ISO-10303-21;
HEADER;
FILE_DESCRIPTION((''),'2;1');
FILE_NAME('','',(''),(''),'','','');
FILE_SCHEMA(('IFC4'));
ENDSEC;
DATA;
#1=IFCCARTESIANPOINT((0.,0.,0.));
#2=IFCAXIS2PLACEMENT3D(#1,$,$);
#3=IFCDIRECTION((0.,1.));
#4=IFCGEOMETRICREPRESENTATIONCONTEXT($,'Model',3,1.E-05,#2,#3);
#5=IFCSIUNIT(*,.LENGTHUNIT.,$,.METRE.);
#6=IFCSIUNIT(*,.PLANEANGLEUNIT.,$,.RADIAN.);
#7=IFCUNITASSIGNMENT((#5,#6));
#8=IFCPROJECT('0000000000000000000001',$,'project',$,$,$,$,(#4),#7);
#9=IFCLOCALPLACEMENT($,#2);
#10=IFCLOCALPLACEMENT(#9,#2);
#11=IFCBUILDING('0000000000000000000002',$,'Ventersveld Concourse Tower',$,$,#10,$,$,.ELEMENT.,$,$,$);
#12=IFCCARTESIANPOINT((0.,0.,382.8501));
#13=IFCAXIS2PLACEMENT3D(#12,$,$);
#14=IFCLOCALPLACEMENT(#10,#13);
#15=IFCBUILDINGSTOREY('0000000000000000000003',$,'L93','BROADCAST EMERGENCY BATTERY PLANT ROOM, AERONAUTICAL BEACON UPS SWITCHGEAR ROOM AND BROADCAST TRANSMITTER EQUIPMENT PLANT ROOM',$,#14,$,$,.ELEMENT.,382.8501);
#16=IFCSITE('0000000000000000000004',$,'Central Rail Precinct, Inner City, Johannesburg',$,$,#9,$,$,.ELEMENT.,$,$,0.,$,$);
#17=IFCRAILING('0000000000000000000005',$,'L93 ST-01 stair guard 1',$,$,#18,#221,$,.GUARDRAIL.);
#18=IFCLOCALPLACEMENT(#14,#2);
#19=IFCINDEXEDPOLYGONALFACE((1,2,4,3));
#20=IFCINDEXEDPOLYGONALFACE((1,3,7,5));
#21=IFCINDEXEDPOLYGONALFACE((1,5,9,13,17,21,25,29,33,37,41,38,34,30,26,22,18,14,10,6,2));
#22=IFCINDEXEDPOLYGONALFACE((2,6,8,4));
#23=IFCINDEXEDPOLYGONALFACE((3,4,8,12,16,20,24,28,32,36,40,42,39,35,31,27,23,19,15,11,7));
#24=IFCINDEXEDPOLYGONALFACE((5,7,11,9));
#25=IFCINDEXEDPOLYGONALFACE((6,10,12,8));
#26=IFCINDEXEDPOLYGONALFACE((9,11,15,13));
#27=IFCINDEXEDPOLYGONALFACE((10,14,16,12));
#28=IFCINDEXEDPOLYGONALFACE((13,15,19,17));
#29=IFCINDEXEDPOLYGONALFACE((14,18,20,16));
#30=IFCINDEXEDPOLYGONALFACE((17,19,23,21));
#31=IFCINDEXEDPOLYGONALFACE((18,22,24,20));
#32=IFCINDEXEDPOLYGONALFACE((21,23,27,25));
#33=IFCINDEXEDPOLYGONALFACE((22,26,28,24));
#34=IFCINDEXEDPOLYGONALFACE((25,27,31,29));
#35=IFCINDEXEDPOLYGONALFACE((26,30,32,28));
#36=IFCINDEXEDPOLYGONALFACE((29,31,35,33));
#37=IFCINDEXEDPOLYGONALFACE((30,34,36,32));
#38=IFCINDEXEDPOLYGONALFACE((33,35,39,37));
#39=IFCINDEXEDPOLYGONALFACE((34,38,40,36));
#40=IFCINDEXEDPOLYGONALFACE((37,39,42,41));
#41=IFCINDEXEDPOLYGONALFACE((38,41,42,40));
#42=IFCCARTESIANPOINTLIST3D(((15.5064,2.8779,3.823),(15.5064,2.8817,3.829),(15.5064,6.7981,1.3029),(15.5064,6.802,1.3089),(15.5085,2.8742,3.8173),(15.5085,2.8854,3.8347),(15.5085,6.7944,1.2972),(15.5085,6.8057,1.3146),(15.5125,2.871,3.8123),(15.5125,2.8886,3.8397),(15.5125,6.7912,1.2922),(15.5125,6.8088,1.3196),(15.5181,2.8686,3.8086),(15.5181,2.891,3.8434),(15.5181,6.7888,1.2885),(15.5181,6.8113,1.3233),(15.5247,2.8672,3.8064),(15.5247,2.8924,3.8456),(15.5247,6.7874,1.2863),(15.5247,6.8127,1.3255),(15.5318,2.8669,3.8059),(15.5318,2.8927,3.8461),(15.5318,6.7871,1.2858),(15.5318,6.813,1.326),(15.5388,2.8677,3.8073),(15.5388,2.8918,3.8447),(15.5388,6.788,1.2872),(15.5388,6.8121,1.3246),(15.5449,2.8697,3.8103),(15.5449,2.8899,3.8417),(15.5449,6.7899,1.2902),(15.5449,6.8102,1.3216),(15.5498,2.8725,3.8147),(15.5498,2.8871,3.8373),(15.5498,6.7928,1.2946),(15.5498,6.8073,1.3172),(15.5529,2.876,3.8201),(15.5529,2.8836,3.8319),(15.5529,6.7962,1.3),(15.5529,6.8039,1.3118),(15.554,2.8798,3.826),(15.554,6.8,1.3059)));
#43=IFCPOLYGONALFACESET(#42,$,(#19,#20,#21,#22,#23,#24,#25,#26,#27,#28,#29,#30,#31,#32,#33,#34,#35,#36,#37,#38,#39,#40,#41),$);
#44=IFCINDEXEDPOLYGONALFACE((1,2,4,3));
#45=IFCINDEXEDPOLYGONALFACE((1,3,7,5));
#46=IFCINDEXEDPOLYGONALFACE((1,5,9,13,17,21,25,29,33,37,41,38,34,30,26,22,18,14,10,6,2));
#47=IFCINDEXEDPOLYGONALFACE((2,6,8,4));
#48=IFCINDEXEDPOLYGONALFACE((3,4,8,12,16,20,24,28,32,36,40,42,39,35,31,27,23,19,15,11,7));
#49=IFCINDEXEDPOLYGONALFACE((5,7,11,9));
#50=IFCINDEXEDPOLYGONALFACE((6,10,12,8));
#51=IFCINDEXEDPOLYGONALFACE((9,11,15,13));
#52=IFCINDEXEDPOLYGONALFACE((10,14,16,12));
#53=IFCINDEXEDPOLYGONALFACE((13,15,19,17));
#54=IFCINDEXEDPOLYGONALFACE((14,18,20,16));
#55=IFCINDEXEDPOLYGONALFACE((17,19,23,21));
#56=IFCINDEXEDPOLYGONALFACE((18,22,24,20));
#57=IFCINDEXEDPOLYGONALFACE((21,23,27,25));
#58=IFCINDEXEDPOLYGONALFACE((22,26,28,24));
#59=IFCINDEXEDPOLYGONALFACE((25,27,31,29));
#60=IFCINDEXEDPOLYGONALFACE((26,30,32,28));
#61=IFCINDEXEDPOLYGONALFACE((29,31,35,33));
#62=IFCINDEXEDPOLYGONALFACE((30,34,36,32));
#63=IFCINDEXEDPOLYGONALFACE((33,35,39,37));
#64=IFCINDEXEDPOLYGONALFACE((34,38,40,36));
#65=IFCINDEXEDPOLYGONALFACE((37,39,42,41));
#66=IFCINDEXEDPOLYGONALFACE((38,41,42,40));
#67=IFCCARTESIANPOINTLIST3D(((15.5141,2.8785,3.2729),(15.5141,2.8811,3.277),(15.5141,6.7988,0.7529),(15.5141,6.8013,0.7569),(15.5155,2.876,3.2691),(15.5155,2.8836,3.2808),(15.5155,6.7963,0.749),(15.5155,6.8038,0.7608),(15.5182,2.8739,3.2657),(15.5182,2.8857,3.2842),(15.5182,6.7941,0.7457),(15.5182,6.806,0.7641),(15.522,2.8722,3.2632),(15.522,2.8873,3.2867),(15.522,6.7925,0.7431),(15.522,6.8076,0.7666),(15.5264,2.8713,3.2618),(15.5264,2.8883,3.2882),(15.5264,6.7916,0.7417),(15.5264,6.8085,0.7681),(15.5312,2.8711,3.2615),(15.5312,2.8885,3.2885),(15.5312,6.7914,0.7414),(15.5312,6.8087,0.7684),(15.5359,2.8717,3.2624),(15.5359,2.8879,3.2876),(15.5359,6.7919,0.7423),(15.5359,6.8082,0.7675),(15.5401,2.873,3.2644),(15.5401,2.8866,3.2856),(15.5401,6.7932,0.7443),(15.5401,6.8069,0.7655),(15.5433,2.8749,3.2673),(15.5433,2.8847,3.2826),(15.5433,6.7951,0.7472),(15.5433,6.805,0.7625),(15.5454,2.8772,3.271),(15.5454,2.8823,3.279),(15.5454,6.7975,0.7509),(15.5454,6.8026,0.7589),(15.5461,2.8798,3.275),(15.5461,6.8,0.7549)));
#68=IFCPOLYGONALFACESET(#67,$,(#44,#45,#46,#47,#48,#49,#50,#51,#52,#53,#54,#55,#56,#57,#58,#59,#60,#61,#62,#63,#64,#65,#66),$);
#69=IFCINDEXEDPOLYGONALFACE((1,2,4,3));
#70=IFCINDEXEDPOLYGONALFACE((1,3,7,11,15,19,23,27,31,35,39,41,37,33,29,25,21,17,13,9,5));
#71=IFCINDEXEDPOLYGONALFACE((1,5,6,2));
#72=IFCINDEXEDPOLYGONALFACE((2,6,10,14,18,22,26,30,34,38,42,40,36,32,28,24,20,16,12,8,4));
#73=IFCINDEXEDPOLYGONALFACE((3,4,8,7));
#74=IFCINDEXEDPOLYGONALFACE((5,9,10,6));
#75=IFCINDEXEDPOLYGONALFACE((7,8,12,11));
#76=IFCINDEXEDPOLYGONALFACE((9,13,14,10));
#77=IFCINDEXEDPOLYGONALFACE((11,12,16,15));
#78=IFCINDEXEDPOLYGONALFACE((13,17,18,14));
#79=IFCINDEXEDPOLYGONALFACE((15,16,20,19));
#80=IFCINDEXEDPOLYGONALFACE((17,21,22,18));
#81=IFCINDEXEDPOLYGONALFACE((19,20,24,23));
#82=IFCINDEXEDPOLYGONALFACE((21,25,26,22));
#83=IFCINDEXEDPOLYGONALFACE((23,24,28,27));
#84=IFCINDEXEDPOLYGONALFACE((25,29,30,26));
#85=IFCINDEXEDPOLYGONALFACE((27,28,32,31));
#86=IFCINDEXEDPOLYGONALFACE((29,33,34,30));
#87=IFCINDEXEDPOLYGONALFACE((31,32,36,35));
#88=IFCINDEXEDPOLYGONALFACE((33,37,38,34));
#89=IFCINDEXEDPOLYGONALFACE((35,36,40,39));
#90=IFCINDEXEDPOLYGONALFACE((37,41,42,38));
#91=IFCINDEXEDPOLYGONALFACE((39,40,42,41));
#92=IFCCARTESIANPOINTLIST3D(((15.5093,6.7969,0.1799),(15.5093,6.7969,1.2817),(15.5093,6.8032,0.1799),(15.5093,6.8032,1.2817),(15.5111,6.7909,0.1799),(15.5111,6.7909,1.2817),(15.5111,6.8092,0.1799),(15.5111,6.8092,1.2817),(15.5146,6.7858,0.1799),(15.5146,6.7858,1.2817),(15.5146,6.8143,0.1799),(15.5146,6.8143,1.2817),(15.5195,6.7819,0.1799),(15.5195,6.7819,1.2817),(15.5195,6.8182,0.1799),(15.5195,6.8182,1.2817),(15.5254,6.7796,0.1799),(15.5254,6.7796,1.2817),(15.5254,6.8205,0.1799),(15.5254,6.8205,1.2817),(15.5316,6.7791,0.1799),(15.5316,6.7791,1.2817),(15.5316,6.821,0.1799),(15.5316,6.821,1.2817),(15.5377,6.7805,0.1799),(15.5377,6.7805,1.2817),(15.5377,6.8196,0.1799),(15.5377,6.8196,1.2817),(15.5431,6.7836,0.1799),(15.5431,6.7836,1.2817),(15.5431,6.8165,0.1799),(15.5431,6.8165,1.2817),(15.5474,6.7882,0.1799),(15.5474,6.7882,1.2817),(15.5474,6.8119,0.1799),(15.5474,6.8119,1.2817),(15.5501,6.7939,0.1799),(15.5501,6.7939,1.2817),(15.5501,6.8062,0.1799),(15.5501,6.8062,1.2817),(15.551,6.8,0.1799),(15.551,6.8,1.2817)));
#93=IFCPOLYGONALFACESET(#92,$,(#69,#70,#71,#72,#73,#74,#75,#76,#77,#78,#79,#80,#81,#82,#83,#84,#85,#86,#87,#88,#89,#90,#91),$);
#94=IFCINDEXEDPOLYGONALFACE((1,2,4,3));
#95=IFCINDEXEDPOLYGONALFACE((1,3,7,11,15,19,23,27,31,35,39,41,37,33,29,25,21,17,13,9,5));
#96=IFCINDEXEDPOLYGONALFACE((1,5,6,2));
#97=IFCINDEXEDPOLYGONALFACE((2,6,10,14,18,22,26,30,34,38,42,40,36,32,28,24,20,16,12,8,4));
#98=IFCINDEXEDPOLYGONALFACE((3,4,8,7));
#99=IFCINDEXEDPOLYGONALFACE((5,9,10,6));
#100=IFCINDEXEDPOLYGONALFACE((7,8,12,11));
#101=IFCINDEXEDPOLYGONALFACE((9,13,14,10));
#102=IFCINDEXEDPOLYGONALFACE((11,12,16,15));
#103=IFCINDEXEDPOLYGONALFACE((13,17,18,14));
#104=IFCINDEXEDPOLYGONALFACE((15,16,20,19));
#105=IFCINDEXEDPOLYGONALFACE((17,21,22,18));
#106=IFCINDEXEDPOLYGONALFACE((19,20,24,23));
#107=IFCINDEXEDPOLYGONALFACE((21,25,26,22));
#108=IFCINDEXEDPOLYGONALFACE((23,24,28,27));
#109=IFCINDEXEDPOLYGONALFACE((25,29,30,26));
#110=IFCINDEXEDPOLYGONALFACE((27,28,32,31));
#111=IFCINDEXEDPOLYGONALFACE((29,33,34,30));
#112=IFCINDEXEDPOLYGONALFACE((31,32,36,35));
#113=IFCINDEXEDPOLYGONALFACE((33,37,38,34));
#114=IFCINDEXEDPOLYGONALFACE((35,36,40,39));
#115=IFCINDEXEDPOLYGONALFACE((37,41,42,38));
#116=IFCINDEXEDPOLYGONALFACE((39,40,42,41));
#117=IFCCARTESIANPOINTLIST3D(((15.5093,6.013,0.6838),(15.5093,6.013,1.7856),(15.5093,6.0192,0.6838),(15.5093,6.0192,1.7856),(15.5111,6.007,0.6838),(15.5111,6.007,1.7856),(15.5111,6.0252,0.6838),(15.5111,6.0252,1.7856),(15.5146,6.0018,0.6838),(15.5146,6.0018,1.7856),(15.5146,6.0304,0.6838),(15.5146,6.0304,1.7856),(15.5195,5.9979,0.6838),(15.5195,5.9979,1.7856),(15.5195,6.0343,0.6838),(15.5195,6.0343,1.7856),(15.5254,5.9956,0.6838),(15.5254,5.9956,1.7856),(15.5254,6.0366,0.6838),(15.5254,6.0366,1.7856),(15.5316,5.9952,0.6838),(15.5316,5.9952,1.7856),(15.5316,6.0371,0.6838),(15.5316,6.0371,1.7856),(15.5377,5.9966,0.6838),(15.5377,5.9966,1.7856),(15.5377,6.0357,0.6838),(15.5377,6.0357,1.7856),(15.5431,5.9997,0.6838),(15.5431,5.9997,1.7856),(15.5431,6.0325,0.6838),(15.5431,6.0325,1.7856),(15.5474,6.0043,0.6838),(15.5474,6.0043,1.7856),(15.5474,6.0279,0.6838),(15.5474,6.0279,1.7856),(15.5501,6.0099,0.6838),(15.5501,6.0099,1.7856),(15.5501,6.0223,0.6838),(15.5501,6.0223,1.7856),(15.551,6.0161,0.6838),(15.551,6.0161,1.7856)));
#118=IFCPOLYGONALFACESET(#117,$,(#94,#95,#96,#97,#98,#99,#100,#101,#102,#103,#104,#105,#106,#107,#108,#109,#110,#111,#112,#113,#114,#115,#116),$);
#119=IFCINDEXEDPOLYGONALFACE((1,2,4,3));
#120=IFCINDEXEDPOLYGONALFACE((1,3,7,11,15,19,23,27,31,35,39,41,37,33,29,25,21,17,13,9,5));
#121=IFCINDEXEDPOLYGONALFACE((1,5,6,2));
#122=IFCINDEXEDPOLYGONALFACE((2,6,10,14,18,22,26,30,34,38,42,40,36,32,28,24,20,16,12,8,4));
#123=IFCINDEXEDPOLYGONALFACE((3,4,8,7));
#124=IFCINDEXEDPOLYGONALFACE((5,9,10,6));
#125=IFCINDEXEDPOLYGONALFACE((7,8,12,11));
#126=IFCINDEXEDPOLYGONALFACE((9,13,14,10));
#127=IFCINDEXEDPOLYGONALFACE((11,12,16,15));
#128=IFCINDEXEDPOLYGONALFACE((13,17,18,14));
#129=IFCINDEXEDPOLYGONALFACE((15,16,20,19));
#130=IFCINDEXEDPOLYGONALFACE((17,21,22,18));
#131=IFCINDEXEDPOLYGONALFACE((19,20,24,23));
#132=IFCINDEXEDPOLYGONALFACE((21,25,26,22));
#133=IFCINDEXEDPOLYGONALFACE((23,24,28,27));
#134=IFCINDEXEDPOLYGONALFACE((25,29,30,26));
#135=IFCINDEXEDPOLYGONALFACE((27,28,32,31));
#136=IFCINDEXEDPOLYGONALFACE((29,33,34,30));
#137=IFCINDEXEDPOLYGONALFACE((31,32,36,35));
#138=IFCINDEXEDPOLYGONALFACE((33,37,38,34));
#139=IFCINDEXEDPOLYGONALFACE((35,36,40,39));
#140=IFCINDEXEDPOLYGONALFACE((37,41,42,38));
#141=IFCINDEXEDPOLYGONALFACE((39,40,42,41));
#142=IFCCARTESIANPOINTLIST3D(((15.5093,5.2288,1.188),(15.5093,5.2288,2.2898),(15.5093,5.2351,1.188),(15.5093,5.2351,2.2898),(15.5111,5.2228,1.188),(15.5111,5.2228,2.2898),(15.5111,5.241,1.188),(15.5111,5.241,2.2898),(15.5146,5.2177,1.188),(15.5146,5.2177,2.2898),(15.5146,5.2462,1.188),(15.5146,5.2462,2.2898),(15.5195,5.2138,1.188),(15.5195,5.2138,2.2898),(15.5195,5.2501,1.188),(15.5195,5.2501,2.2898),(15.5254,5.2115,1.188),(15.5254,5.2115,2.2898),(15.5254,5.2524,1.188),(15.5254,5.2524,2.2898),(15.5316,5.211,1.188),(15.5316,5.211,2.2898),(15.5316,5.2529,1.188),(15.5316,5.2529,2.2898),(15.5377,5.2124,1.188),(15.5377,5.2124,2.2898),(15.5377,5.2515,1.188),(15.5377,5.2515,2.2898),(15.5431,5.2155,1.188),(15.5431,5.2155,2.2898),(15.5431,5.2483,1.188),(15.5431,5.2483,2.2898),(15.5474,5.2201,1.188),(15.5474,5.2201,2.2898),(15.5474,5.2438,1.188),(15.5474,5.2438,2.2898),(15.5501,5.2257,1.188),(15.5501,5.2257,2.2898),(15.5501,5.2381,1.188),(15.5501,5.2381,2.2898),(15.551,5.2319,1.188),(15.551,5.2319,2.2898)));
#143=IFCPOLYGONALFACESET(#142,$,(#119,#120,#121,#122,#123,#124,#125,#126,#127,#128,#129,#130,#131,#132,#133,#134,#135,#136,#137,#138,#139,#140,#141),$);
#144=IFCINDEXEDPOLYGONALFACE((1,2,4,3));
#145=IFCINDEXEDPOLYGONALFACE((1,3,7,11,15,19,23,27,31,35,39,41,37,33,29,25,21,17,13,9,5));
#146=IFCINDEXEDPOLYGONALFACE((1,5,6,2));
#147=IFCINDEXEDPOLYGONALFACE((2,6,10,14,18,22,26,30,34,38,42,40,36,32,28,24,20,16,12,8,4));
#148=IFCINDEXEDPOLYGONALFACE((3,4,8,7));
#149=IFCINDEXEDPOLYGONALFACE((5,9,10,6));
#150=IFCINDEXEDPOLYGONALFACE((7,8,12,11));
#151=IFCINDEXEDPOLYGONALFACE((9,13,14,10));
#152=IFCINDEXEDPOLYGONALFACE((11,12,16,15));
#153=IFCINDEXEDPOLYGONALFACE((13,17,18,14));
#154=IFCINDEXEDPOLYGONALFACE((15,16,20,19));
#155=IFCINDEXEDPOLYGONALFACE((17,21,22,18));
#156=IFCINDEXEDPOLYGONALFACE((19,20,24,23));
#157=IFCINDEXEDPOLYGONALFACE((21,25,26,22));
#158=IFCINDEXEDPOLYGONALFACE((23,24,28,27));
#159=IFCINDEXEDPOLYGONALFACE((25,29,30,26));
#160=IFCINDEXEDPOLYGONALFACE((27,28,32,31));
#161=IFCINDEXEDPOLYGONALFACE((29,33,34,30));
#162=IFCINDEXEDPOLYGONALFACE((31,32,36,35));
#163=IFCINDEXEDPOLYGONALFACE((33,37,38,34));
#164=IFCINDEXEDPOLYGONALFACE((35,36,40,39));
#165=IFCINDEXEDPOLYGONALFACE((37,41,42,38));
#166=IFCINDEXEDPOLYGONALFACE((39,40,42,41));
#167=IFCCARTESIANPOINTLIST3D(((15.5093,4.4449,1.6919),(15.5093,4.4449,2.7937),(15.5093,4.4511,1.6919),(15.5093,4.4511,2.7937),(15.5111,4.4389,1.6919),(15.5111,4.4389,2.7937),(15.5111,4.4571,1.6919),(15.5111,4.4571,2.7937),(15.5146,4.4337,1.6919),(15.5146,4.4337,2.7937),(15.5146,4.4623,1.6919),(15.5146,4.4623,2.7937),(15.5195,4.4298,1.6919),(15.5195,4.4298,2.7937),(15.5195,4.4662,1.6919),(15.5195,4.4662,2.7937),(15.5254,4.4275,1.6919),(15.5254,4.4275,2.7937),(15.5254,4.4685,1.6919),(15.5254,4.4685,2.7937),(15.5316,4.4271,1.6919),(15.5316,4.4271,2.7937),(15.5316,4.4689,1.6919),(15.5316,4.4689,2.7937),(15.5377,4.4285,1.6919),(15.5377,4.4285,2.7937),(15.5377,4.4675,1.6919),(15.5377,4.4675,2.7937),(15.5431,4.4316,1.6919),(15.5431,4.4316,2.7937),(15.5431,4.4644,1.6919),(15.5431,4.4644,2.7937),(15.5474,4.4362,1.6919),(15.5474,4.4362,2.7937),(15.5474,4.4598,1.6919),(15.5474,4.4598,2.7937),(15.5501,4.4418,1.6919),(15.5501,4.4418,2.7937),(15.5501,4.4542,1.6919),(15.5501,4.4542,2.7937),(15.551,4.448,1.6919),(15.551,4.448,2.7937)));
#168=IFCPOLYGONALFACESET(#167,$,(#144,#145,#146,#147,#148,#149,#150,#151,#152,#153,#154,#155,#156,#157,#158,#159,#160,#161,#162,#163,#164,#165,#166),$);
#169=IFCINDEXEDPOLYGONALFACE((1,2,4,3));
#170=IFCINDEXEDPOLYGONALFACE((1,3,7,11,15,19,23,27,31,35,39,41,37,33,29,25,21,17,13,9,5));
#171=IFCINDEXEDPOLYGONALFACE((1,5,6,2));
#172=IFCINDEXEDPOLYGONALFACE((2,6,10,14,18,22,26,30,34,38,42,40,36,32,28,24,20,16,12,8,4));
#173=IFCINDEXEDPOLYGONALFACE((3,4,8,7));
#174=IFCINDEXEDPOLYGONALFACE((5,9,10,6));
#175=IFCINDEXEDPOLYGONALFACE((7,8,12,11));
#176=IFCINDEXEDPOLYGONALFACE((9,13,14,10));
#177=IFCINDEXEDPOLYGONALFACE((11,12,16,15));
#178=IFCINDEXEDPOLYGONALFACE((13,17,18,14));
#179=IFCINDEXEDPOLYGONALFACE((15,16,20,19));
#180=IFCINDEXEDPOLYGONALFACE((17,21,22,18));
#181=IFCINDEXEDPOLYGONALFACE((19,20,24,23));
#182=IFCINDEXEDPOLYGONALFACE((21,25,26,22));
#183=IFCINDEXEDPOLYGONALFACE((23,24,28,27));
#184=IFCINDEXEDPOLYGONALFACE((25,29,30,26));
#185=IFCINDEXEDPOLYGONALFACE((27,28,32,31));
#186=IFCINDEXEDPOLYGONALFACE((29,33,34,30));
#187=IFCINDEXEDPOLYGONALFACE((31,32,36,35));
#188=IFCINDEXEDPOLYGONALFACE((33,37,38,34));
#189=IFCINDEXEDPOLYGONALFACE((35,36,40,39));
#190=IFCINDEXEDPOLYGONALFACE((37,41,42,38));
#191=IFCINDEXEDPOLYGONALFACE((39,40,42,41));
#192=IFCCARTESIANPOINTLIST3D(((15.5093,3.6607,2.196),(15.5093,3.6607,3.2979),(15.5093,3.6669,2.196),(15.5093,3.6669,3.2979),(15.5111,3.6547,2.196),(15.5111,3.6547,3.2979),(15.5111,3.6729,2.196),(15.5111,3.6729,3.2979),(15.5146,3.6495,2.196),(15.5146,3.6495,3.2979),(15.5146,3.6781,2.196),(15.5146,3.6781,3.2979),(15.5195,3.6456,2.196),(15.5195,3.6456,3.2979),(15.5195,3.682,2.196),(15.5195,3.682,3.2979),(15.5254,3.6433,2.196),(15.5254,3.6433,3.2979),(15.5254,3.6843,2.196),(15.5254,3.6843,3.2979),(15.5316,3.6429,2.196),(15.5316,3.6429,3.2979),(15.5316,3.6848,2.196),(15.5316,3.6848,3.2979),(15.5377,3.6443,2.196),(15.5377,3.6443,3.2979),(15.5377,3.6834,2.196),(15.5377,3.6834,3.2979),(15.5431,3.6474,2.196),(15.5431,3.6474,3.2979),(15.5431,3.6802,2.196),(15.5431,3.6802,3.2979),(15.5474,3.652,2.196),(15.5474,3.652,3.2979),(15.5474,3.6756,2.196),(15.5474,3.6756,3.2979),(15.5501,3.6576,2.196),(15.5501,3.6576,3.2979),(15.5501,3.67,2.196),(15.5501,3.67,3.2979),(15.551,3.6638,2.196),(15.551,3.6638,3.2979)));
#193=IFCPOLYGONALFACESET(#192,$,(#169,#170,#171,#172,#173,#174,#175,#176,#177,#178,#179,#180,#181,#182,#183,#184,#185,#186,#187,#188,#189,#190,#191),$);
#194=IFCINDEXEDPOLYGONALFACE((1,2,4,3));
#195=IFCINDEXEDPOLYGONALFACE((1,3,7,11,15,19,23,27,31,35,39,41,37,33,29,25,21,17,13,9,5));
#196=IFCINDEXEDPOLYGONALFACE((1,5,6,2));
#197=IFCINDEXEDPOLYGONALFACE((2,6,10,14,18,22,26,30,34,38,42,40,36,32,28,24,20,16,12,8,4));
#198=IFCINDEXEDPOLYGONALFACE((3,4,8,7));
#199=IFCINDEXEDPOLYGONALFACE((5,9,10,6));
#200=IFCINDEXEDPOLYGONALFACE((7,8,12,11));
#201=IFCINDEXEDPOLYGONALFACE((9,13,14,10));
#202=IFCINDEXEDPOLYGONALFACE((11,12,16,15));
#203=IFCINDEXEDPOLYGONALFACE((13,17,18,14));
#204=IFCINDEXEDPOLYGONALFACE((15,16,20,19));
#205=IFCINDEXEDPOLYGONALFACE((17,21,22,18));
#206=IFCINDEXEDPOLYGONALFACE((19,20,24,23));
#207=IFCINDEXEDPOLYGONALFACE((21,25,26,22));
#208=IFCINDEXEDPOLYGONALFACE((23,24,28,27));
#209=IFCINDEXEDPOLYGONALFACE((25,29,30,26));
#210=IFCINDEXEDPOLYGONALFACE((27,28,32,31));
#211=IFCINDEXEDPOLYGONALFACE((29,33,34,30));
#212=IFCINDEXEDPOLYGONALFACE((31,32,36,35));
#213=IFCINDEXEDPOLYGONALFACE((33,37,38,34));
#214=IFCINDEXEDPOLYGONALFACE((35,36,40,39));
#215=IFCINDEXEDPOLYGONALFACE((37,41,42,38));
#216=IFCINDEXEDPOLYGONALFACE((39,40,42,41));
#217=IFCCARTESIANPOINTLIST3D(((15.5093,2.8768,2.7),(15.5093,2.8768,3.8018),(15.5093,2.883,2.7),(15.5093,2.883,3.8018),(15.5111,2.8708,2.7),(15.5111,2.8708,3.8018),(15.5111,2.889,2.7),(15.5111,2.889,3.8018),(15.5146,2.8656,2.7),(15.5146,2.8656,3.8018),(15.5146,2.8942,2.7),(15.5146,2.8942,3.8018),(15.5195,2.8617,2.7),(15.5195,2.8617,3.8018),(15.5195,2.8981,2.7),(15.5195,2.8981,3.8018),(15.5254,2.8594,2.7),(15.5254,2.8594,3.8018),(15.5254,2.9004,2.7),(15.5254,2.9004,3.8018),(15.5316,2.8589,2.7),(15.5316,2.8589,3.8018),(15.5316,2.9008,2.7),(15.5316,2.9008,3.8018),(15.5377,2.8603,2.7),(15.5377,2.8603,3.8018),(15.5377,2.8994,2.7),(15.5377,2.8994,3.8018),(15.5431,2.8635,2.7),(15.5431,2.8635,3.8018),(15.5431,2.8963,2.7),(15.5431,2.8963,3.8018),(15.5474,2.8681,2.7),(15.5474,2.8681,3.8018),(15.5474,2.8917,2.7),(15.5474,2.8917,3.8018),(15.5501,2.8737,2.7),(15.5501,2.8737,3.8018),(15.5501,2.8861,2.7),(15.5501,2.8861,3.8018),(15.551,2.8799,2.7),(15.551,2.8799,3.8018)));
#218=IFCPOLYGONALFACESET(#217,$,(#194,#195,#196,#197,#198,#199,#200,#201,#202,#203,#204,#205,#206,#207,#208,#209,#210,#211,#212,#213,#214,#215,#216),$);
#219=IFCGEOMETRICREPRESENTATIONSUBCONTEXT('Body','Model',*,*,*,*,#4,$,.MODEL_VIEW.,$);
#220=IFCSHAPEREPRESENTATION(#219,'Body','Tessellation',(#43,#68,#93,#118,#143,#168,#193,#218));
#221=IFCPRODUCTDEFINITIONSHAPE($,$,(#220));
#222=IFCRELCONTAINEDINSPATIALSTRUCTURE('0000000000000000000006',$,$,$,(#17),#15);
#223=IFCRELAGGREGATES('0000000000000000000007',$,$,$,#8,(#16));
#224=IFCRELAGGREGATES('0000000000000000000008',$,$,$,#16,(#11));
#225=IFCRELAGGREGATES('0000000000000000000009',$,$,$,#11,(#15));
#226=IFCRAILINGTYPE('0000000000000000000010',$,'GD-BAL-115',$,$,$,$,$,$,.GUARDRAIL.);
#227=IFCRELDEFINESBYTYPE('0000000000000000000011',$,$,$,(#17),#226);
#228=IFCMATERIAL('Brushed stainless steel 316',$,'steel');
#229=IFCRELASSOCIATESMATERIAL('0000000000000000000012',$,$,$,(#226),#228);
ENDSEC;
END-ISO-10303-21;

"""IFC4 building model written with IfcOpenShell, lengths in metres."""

from ifc_helpers import new_model, si_unit, direction, frame, origin, origin_2d, place, context, subcontext, project, spatial, circle, extrude, material, type_object, element, save


model = new_model("IFC4")

# Units and contexts
model_context = context("Model", 3, precision=1e-05, world=origin(), true_north=direction((0.0, 1.0)))
body_context = subcontext(model_context, "Body", "Model", "MODEL_VIEW")
ifc_project = project(units=[si_unit("LENGTHUNIT", "METRE"), si_unit("PLANEANGLEUNIT", "RADIAN")], contexts=[model_context])

# Site, building, storey
site_placement = place(None, origin())
site = spatial("IfcSite", under=ifc_project, at=site_placement, Name="Central Rail Precinct, Inner City, Johannesburg", CompositionType="ELEMENT", RefElevation=0.0)
building_placement = place(site_placement, origin())
building = spatial("IfcBuilding", under=site, at=building_placement, Name="Ventersveld Concourse Tower", CompositionType="ELEMENT")
storey_placement = place(building_placement, frame((0.0, 0.0, 382.8501)))
storey = spatial("IfcBuildingStorey", under=building, at=storey_placement, Name="L93", Description="BROADCAST EMERGENCY BATTERY PLANT ROOM, AERONAUTICAL BEACON UPS SWITCHGEAR ROOM AND BROADCAST TRANSMITTER EQUIPMENT PLANT ROOM", CompositionType="ELEMENT", Elevation=382.8501)

# Railing
ifc_material_1 = material(Name="Brushed stainless steel 316", Category="steel")
railing_type = type_object("IfcRailingType", Name="GD-BAL-115", PredefinedType="GUARDRAIL", material=ifc_material_1)
railing_1_placement = place(storey_placement, frame((15.53, 6.8, 0.1799)))
element("IfcRailing", 1, at=railing_1_placement, inside=storey, type_object=railing_type, Name="L93 ST-01 stair guard 1", PredefinedType="GUARDRAIL", context=body_context, shape_type="SweptSolid", body=[
    extrude(circle(Radius=0.0239, at=origin_2d()), frame((0.0, 0.0, 1.126), z_axis=(0.0, -0.841187, 0.540744), x_axis=(1.0, 0.0, 0.0)), (0.0, 0.0, 1.0), 4.6604),
    extrude(circle(Radius=0.0161, at=origin_2d()), frame((0.0, 0.0, 0.575), z_axis=(0.0, -0.841187, 0.540744), x_axis=(1.0, 0.0, 0.0)), (0.0, 0.0, 1.0), 4.6604),
    extrude(circle(Radius=0.021, at=origin_2d()), origin(), (0.0, 0.0, 1.0), 1.1018),
    extrude(circle(Radius=0.021, at=origin_2d()), frame((0.0, -0.7839, 0.5039)), (0.0, 0.0, 1.0), 1.1018),
    extrude(circle(Radius=0.021, at=origin_2d()), frame((0.0, -1.5681, 1.0081)), (0.0, 0.0, 1.0), 1.1018),
    extrude(circle(Radius=0.021, at=origin_2d()), frame((0.0, -2.3521, 1.512)), (0.0, 0.0, 1.0), 1.1018),
    extrude(circle(Radius=0.021, at=origin_2d()), frame((0.0, -3.1362, 2.0161)), (0.0, 0.0, 1.0), 1.1018),
    extrude(circle(Radius=0.021, at=origin_2d()), frame((0.0, -3.9202, 2.52)), (0.0, 0.0, 1.0), 1.1018),
])

save(model, "model.ifc")
